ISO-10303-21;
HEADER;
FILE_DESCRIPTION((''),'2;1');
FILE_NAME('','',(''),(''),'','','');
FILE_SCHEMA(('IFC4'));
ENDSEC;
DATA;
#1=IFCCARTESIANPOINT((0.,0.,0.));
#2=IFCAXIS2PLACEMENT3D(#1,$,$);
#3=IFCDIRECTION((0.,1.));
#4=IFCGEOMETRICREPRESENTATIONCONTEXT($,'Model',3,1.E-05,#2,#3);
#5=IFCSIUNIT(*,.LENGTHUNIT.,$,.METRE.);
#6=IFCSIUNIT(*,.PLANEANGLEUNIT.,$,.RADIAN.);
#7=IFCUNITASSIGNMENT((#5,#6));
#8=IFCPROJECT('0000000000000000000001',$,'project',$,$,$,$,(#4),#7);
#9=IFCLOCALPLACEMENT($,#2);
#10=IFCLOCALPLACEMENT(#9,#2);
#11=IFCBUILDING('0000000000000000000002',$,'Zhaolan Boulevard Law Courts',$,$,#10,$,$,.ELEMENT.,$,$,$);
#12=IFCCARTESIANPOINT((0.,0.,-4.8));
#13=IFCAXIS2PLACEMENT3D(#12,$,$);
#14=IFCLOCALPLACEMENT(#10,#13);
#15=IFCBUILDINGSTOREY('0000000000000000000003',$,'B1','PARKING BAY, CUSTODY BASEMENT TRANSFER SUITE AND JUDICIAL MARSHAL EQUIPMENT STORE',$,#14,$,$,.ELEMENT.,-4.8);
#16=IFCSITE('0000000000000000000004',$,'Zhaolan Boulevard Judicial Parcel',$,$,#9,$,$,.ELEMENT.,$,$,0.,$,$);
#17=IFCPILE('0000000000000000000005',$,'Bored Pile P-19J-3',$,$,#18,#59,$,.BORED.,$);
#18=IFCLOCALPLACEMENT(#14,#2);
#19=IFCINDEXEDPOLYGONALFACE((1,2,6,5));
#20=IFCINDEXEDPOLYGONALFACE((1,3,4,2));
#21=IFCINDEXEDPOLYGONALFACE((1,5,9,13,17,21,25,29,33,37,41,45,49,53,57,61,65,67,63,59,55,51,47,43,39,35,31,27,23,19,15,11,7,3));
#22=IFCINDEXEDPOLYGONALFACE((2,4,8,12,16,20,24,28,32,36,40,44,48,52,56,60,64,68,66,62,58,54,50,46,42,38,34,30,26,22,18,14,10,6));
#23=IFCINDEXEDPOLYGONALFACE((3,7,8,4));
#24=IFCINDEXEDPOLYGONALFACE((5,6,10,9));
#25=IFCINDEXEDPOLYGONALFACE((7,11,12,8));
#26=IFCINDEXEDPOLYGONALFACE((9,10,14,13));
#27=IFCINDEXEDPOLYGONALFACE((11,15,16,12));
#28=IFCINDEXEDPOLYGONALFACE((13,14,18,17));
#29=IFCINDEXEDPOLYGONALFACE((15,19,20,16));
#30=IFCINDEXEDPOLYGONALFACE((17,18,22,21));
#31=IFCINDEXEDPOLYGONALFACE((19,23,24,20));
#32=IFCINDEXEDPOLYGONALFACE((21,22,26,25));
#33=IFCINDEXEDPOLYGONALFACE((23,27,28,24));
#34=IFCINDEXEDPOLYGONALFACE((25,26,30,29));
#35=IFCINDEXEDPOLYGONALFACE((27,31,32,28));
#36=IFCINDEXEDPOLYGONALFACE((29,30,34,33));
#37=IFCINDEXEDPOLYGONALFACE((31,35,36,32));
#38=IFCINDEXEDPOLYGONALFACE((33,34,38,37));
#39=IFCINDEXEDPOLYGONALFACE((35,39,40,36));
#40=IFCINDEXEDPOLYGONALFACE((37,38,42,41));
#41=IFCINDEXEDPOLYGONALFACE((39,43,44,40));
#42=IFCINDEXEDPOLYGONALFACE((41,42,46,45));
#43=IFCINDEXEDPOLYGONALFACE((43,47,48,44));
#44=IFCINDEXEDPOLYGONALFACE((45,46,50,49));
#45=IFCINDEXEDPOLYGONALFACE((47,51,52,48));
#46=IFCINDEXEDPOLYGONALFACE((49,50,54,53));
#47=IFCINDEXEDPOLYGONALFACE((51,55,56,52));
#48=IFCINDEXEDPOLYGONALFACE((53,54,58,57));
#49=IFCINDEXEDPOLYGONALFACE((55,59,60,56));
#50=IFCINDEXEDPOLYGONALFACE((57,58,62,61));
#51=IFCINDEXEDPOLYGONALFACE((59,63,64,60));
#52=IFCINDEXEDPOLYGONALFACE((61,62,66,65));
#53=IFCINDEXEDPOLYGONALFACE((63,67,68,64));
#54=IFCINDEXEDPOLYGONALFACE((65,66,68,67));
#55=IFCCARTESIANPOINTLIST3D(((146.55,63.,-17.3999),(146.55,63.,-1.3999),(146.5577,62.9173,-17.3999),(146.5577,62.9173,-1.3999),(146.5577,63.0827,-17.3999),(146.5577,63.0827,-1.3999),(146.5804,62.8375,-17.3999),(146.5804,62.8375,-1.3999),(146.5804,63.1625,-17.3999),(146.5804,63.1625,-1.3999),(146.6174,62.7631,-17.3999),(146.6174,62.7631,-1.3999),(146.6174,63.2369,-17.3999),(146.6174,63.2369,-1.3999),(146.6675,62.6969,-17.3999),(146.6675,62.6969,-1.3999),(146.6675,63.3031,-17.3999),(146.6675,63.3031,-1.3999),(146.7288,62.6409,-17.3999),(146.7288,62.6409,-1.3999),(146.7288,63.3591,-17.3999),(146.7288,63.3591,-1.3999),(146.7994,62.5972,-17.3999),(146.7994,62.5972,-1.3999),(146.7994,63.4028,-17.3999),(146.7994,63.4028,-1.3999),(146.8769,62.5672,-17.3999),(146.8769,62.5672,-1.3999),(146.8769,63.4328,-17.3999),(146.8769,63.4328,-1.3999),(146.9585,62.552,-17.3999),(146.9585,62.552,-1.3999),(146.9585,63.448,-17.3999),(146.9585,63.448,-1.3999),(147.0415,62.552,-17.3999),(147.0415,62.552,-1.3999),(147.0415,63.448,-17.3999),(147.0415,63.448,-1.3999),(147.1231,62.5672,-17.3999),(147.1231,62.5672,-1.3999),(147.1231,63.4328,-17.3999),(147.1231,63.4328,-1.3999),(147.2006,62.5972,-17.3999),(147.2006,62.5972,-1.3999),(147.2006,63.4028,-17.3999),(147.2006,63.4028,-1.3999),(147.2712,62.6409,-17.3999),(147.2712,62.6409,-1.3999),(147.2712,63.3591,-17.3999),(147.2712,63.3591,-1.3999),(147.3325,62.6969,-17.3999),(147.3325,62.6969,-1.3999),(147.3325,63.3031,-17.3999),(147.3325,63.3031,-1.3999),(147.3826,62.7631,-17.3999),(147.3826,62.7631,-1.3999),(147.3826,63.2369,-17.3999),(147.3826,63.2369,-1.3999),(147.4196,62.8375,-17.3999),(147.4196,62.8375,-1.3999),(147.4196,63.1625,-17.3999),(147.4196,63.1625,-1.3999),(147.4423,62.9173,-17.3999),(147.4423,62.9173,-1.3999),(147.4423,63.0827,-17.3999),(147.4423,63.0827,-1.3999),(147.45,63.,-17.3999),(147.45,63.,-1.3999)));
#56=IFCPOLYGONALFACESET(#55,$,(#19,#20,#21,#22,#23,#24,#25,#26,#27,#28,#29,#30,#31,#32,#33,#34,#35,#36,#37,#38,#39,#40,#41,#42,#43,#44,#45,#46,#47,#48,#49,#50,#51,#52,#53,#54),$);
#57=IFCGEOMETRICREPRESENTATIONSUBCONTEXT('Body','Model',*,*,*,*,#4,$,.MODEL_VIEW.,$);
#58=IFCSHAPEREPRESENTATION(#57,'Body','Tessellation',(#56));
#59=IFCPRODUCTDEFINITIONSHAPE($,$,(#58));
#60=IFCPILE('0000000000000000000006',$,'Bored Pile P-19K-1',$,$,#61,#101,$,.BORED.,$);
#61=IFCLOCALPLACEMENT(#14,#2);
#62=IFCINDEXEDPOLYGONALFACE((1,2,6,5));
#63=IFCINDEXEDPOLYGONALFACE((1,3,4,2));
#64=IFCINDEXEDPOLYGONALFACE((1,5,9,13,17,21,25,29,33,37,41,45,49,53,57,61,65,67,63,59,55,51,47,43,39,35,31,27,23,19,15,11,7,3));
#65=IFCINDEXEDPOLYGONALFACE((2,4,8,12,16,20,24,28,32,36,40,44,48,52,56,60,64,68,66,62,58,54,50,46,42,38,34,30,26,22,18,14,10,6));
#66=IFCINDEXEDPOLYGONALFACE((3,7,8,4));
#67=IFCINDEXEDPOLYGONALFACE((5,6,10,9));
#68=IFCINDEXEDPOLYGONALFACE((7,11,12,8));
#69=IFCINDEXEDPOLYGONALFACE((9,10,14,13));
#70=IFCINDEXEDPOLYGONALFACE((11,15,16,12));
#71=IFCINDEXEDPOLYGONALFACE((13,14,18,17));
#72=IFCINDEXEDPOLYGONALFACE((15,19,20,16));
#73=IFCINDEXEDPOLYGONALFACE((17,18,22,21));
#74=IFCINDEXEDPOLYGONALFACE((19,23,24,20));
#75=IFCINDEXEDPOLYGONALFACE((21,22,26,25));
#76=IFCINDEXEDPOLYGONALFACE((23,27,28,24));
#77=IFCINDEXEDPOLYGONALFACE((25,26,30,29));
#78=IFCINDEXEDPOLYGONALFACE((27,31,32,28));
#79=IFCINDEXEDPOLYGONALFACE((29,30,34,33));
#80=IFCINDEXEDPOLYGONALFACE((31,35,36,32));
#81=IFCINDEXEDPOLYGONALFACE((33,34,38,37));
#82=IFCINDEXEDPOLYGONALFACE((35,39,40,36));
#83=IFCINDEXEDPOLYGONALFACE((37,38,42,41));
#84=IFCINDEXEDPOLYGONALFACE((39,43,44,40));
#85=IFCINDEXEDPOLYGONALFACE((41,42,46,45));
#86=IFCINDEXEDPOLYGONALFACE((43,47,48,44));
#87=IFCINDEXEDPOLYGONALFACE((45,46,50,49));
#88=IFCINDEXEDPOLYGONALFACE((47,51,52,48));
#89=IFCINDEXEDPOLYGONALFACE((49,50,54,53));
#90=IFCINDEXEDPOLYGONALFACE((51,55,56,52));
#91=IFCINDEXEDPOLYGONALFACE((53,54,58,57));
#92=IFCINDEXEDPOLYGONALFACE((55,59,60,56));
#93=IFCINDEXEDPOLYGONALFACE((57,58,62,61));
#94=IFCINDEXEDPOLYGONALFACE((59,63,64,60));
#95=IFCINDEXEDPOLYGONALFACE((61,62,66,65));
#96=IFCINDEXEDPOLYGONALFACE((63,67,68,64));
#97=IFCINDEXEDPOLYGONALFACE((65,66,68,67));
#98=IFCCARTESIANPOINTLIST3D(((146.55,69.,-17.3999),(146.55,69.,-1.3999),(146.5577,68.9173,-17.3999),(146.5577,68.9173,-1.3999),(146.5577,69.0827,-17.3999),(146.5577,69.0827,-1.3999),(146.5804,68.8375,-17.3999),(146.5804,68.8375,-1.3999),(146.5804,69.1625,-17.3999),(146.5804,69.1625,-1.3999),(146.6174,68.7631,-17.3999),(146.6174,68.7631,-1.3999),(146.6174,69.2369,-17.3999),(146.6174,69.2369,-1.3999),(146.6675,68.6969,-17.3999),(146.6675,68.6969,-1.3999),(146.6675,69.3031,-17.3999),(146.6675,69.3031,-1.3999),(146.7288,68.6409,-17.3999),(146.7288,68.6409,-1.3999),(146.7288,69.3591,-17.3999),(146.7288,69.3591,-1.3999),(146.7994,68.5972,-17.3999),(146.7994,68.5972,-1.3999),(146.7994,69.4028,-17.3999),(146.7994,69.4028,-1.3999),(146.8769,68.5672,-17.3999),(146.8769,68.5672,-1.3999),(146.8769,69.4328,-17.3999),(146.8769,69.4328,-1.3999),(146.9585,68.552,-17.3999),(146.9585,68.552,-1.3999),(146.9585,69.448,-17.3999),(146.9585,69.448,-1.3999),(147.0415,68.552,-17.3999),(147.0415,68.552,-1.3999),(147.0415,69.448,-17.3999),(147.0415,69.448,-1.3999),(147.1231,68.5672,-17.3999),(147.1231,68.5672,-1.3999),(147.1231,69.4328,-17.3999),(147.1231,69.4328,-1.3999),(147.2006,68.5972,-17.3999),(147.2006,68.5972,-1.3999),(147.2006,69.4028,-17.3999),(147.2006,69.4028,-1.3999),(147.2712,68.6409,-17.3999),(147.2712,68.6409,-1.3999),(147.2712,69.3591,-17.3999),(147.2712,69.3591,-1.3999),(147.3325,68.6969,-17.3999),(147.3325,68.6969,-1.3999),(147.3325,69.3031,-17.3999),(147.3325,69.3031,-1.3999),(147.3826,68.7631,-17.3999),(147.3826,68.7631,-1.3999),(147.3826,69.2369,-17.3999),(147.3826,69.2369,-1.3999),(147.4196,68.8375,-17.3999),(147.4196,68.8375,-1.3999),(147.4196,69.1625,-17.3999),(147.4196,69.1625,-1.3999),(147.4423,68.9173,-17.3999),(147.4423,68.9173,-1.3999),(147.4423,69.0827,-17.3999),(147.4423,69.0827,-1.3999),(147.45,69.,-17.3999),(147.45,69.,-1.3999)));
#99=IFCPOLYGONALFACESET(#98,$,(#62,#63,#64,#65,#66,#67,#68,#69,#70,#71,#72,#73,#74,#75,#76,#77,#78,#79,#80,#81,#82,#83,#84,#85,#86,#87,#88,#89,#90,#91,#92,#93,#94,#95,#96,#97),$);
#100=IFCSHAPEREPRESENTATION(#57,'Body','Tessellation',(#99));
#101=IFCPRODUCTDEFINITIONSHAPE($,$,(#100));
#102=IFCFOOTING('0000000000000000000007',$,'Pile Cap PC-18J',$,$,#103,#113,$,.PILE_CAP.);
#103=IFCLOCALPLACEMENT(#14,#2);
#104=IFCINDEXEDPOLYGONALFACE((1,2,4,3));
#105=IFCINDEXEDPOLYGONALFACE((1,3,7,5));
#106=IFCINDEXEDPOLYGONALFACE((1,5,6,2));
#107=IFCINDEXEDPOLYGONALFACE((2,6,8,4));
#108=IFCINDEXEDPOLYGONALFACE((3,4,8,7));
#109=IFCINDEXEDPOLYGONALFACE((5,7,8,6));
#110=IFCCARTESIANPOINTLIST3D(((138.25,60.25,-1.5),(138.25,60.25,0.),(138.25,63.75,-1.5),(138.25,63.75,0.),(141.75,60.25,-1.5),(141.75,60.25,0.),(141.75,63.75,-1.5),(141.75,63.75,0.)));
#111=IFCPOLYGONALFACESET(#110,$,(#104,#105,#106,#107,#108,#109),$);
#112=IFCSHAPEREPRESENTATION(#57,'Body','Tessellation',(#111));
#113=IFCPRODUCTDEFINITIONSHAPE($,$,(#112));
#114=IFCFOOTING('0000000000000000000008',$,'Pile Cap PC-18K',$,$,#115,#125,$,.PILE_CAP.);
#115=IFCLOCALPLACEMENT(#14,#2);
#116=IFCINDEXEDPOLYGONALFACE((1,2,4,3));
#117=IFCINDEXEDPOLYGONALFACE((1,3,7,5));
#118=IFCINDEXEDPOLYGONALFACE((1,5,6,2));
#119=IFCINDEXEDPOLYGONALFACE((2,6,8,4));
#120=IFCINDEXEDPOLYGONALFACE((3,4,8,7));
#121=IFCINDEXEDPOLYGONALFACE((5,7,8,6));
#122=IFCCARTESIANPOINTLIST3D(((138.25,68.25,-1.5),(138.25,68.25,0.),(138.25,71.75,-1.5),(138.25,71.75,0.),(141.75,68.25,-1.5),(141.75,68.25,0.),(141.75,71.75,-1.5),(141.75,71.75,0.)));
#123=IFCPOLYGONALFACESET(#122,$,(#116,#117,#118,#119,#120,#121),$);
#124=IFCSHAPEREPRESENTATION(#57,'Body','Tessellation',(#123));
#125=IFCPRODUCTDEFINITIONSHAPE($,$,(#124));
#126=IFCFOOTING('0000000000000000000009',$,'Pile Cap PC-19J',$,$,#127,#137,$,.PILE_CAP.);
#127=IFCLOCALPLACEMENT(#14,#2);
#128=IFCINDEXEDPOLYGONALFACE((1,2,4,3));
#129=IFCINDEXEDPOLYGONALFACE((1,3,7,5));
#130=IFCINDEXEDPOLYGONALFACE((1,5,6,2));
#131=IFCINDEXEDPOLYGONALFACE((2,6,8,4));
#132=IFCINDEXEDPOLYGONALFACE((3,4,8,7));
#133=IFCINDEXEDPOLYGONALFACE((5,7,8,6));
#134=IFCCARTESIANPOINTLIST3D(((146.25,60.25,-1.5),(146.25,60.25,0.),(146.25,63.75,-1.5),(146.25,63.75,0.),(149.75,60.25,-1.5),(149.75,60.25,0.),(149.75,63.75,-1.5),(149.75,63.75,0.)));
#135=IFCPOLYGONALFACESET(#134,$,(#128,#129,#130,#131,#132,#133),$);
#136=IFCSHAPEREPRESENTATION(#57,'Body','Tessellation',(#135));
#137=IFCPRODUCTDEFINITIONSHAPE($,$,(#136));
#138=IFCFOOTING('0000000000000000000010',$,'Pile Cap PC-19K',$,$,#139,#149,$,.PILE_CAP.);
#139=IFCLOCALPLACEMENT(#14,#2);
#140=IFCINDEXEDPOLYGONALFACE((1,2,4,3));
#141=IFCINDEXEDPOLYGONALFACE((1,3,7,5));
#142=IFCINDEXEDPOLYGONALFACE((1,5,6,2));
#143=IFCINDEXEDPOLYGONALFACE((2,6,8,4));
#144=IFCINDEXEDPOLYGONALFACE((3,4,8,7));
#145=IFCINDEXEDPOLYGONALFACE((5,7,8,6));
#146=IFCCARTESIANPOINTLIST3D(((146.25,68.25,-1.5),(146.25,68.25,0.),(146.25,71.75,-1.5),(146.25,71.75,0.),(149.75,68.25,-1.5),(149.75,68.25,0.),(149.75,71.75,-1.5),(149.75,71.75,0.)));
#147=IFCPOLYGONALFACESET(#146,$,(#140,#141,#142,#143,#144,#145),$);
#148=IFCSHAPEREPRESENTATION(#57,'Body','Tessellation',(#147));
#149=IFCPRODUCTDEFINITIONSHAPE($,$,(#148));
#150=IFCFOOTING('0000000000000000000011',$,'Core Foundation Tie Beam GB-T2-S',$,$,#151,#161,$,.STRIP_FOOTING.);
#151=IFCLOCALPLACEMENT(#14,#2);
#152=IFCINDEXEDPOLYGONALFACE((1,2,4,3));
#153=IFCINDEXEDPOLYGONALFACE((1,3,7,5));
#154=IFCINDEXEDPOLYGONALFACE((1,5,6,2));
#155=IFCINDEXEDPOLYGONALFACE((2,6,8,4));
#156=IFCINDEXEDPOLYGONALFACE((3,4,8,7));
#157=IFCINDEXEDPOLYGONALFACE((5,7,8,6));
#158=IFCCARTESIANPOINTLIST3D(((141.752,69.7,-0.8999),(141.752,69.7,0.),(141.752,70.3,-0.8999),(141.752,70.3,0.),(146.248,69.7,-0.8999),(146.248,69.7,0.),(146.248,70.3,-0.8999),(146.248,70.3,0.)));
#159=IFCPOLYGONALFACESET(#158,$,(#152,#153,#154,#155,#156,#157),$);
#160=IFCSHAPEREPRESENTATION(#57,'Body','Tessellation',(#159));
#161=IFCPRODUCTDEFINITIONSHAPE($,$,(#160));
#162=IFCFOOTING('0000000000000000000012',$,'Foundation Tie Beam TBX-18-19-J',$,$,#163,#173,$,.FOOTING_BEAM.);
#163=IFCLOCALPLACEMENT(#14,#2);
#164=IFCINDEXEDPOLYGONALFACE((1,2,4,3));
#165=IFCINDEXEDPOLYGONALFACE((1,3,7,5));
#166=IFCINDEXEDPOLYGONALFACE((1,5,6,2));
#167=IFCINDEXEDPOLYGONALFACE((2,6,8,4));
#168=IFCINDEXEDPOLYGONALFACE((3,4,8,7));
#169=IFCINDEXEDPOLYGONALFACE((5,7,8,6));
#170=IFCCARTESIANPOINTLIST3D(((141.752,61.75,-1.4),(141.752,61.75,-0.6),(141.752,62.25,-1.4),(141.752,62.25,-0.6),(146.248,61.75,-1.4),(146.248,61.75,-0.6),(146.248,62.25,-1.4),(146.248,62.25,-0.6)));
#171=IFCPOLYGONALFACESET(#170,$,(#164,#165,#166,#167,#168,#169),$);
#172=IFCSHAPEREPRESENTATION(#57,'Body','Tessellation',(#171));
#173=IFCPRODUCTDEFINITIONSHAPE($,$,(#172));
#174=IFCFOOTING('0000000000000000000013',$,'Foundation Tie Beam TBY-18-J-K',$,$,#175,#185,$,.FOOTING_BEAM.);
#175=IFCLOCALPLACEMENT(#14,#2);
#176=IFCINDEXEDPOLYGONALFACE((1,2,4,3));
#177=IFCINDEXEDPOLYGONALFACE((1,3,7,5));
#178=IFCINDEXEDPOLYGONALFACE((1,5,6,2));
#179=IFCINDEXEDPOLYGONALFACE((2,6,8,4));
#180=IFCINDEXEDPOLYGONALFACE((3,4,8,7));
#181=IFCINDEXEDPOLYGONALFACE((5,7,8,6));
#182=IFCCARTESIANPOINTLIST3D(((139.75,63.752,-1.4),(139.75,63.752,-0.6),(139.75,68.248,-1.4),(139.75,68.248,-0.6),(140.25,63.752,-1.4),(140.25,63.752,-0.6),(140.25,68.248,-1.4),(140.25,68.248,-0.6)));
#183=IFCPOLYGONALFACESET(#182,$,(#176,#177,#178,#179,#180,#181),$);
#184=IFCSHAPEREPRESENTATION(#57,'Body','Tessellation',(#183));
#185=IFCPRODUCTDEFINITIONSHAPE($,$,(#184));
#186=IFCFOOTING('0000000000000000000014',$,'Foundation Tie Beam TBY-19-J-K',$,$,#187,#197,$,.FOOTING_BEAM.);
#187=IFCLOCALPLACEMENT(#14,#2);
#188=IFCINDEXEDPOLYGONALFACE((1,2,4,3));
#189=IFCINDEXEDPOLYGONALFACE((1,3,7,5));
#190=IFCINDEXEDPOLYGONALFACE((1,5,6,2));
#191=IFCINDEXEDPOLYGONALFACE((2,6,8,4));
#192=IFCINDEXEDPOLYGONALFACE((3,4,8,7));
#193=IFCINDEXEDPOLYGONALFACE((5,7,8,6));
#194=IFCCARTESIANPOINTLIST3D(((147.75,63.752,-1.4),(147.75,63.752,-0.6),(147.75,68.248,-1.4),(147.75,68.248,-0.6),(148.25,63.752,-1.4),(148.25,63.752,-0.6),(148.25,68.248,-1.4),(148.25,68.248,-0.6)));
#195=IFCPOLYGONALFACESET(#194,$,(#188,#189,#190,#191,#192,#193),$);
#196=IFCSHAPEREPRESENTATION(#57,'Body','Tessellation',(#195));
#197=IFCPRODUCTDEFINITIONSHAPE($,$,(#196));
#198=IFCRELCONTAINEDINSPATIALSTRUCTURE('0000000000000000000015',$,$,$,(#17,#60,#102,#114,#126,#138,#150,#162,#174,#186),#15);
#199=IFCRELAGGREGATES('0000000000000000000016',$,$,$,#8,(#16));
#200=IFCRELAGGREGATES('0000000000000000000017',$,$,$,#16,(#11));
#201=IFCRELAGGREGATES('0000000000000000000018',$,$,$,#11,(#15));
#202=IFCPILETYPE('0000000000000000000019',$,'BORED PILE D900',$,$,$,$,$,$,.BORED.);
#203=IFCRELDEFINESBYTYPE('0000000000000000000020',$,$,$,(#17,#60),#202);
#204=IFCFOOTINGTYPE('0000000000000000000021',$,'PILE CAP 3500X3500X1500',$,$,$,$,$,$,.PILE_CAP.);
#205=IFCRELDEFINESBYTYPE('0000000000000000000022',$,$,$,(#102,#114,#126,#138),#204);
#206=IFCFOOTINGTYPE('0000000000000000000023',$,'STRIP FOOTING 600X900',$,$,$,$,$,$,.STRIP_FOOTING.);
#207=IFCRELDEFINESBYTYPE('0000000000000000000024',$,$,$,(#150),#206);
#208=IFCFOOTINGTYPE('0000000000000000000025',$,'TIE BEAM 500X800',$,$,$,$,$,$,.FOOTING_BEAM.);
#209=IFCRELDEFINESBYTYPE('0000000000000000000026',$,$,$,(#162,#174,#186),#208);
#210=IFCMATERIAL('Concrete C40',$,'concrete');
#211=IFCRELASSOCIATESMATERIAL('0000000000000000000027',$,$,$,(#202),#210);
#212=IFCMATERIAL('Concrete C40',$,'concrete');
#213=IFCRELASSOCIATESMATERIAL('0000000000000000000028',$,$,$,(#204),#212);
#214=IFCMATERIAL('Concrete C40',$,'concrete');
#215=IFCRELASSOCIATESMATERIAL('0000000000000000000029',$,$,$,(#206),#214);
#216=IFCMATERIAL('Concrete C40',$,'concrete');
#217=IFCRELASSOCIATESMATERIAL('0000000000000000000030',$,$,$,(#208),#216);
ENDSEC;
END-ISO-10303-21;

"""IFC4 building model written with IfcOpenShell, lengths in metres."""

from ifc_helpers import new_model, si_unit, direction, frame, origin, origin_2d, place, context, subcontext, project, spatial, rectangle, circle, extrude, material, material_profile, profile_set, type_object, element, save


model = new_model("IFC4")

# Units and contexts
model_context = context("Model", 3, precision=1e-05, world=origin(), true_north=direction((0.0, 1.0)))
body_context = subcontext(model_context, "Body", "Model", "MODEL_VIEW")
ifc_project = project(units=[si_unit("LENGTHUNIT", "METRE"), si_unit("PLANEANGLEUNIT", "RADIAN")], contexts=[model_context])

# Site, building, storey
site_placement = place(None, origin())
site = spatial("IfcSite", under=ifc_project, at=site_placement, Name="Zhaolan Boulevard Judicial Parcel", CompositionType="ELEMENT", RefElevation=0.0)
building_placement = place(site_placement, origin())
building = spatial("IfcBuilding", under=site, at=building_placement, Name="Zhaolan Boulevard Law Courts", CompositionType="ELEMENT")
storey_placement = place(building_placement, frame((0.0, 0.0, -4.8)))
storey = spatial("IfcBuildingStorey", under=building, at=storey_placement, Name="B1", Description="PARKING BAY, CUSTODY BASEMENT TRANSFER SUITE AND JUDICIAL MARSHAL EQUIPMENT STORE", CompositionType="ELEMENT", Elevation=-4.8)

# Piles
ifc_material_1 = material(Name="Concrete C40", Category="concrete")
ifc_material_profile_1 = material_profile(ifc_material_1, circle(Radius=0.45, at=origin_2d()), Name="PILE-D900")
ifc_profile_set_1 = profile_set([ifc_material_profile_1], Name="Concrete C40")
pile_type = type_object("IfcPileType", Name="BORED PILE D900", PredefinedType="BORED", material=ifc_profile_set_1)
for number, where, z_axis, x_axis, name in (
    (1, (147.0, 63.0, -1.3999), (0.0, 0.0, -1.0), (1.0, 0.0, 0.0), "Bored Pile P-19J-3"),
    (2, (147.0, 69.0, -1.3999), (0.0, 0.0, -1.0), (1.0, 0.0, 0.0), "Bored Pile P-19K-1"),
):
    element("IfcPile", number, at=place(storey_placement, frame(where, z_axis=z_axis, x_axis=x_axis)), inside=storey, type_object=pile_type, Name=name, PredefinedType="BORED", context=body_context, shape_type="SweptSolid", body=[
        extrude(circle(Radius=0.45, at=origin_2d()), origin(), (0.0, 0.0, 1.0), 16.0),
    ])

# Footings
ifc_material_2 = material(Name="Concrete C40", Category="concrete")
footing_type_1 = type_object("IfcFootingType", Name="PILE CAP 3500X3500X1500", PredefinedType="PILE_CAP", material=ifc_material_2)
for number, where, z_axis, x_axis, name in (
    (3, (140.0, 62.0, -1.5), (0.0, 0.0, 1.0), (1.0, 0.0, 0.0), "Pile Cap PC-18J"),
    (4, (140.0, 70.0, -1.5), (0.0, 0.0, 1.0), (1.0, 0.0, 0.0), "Pile Cap PC-18K"),
    (5, (148.0, 62.0, -1.5), (0.0, 0.0, 1.0), (1.0, 0.0, 0.0), "Pile Cap PC-19J"),
    (6, (148.0, 70.0, -1.5), (0.0, 0.0, 1.0), (1.0, 0.0, 0.0), "Pile Cap PC-19K"),
):
    element("IfcFooting", number, at=place(storey_placement, frame(where, z_axis=z_axis, x_axis=x_axis)), inside=storey, type_object=footing_type_1, Name=name, PredefinedType="PILE_CAP", context=body_context, shape_type="SweptSolid", body=[
        extrude(rectangle(XDim=3.5, YDim=3.5, at=origin_2d()), origin(), (0.0, 0.0, 1.0), 1.5),
    ])
ifc_material_3 = material(Name="Concrete C40", Category="concrete")
ifc_material_profile_2 = material_profile(ifc_material_3, rectangle(XDim=0.6001, YDim=0.8999, at=origin_2d()), Name="RC600x900")
ifc_profile_set_2 = profile_set([ifc_material_profile_2], Name="Concrete C40")
footing_type_2 = type_object("IfcFootingType", Name="STRIP FOOTING 600X900", PredefinedType="STRIP_FOOTING", material=ifc_profile_set_2)
footing_placement = place(storey_placement, frame((141.752, 70.0, -0.45), z_axis=(1.0, 0.0, 0.0), x_axis=(0.0, 1.0, 0.0)))
element("IfcFooting", 7, at=footing_placement, inside=storey, type_object=footing_type_2, Name="Core Foundation Tie Beam GB-T2-S", PredefinedType="STRIP_FOOTING", context=body_context, shape_type="SweptSolid", body=[
    extrude(rectangle(XDim=0.6001, YDim=0.8999, at=origin_2d()), origin(), (0.0, 0.0, 1.0), 4.4961),
])
ifc_material_4 = material(Name="Concrete C40", Category="concrete")
ifc_material_profile_3 = material_profile(ifc_material_4, rectangle(XDim=0.5, YDim=0.8, at=origin_2d()), Name="RC500x800")
ifc_profile_set_3 = profile_set([ifc_material_profile_3], Name="Concrete C40")
footing_type_3 = type_object("IfcFootingType", Name="TIE BEAM 500X800", PredefinedType="FOOTING_BEAM", material=ifc_profile_set_3)
for number, where, z_axis, x_axis, name in (
    (8, (141.752, 62.0, -1.0), (1.0, 0.0, 0.0), (0.0, 1.0, 0.0), "Foundation Tie Beam TBX-18-19-J"),
    (9, (140.0, 63.752, -1.0), (0.0, 1.0, 0.0), (-1.0, 0.0, 0.0), "Foundation Tie Beam TBY-18-J-K"),
    (10, (148.0, 63.752, -1.0), (0.0, 1.0, 0.0), (-1.0, 0.0, 0.0), "Foundation Tie Beam TBY-19-J-K"),
):
    element("IfcFooting", number, at=place(storey_placement, frame(where, z_axis=z_axis, x_axis=x_axis)), inside=storey, type_object=footing_type_3, Name=name, PredefinedType="FOOTING_BEAM", context=body_context, shape_type="SweptSolid", body=[
        extrude(rectangle(XDim=0.5, YDim=0.8, at=origin_2d()), origin(), (0.0, 0.0, 1.0), 4.4961),
    ])

save(model, "model.ifc")
